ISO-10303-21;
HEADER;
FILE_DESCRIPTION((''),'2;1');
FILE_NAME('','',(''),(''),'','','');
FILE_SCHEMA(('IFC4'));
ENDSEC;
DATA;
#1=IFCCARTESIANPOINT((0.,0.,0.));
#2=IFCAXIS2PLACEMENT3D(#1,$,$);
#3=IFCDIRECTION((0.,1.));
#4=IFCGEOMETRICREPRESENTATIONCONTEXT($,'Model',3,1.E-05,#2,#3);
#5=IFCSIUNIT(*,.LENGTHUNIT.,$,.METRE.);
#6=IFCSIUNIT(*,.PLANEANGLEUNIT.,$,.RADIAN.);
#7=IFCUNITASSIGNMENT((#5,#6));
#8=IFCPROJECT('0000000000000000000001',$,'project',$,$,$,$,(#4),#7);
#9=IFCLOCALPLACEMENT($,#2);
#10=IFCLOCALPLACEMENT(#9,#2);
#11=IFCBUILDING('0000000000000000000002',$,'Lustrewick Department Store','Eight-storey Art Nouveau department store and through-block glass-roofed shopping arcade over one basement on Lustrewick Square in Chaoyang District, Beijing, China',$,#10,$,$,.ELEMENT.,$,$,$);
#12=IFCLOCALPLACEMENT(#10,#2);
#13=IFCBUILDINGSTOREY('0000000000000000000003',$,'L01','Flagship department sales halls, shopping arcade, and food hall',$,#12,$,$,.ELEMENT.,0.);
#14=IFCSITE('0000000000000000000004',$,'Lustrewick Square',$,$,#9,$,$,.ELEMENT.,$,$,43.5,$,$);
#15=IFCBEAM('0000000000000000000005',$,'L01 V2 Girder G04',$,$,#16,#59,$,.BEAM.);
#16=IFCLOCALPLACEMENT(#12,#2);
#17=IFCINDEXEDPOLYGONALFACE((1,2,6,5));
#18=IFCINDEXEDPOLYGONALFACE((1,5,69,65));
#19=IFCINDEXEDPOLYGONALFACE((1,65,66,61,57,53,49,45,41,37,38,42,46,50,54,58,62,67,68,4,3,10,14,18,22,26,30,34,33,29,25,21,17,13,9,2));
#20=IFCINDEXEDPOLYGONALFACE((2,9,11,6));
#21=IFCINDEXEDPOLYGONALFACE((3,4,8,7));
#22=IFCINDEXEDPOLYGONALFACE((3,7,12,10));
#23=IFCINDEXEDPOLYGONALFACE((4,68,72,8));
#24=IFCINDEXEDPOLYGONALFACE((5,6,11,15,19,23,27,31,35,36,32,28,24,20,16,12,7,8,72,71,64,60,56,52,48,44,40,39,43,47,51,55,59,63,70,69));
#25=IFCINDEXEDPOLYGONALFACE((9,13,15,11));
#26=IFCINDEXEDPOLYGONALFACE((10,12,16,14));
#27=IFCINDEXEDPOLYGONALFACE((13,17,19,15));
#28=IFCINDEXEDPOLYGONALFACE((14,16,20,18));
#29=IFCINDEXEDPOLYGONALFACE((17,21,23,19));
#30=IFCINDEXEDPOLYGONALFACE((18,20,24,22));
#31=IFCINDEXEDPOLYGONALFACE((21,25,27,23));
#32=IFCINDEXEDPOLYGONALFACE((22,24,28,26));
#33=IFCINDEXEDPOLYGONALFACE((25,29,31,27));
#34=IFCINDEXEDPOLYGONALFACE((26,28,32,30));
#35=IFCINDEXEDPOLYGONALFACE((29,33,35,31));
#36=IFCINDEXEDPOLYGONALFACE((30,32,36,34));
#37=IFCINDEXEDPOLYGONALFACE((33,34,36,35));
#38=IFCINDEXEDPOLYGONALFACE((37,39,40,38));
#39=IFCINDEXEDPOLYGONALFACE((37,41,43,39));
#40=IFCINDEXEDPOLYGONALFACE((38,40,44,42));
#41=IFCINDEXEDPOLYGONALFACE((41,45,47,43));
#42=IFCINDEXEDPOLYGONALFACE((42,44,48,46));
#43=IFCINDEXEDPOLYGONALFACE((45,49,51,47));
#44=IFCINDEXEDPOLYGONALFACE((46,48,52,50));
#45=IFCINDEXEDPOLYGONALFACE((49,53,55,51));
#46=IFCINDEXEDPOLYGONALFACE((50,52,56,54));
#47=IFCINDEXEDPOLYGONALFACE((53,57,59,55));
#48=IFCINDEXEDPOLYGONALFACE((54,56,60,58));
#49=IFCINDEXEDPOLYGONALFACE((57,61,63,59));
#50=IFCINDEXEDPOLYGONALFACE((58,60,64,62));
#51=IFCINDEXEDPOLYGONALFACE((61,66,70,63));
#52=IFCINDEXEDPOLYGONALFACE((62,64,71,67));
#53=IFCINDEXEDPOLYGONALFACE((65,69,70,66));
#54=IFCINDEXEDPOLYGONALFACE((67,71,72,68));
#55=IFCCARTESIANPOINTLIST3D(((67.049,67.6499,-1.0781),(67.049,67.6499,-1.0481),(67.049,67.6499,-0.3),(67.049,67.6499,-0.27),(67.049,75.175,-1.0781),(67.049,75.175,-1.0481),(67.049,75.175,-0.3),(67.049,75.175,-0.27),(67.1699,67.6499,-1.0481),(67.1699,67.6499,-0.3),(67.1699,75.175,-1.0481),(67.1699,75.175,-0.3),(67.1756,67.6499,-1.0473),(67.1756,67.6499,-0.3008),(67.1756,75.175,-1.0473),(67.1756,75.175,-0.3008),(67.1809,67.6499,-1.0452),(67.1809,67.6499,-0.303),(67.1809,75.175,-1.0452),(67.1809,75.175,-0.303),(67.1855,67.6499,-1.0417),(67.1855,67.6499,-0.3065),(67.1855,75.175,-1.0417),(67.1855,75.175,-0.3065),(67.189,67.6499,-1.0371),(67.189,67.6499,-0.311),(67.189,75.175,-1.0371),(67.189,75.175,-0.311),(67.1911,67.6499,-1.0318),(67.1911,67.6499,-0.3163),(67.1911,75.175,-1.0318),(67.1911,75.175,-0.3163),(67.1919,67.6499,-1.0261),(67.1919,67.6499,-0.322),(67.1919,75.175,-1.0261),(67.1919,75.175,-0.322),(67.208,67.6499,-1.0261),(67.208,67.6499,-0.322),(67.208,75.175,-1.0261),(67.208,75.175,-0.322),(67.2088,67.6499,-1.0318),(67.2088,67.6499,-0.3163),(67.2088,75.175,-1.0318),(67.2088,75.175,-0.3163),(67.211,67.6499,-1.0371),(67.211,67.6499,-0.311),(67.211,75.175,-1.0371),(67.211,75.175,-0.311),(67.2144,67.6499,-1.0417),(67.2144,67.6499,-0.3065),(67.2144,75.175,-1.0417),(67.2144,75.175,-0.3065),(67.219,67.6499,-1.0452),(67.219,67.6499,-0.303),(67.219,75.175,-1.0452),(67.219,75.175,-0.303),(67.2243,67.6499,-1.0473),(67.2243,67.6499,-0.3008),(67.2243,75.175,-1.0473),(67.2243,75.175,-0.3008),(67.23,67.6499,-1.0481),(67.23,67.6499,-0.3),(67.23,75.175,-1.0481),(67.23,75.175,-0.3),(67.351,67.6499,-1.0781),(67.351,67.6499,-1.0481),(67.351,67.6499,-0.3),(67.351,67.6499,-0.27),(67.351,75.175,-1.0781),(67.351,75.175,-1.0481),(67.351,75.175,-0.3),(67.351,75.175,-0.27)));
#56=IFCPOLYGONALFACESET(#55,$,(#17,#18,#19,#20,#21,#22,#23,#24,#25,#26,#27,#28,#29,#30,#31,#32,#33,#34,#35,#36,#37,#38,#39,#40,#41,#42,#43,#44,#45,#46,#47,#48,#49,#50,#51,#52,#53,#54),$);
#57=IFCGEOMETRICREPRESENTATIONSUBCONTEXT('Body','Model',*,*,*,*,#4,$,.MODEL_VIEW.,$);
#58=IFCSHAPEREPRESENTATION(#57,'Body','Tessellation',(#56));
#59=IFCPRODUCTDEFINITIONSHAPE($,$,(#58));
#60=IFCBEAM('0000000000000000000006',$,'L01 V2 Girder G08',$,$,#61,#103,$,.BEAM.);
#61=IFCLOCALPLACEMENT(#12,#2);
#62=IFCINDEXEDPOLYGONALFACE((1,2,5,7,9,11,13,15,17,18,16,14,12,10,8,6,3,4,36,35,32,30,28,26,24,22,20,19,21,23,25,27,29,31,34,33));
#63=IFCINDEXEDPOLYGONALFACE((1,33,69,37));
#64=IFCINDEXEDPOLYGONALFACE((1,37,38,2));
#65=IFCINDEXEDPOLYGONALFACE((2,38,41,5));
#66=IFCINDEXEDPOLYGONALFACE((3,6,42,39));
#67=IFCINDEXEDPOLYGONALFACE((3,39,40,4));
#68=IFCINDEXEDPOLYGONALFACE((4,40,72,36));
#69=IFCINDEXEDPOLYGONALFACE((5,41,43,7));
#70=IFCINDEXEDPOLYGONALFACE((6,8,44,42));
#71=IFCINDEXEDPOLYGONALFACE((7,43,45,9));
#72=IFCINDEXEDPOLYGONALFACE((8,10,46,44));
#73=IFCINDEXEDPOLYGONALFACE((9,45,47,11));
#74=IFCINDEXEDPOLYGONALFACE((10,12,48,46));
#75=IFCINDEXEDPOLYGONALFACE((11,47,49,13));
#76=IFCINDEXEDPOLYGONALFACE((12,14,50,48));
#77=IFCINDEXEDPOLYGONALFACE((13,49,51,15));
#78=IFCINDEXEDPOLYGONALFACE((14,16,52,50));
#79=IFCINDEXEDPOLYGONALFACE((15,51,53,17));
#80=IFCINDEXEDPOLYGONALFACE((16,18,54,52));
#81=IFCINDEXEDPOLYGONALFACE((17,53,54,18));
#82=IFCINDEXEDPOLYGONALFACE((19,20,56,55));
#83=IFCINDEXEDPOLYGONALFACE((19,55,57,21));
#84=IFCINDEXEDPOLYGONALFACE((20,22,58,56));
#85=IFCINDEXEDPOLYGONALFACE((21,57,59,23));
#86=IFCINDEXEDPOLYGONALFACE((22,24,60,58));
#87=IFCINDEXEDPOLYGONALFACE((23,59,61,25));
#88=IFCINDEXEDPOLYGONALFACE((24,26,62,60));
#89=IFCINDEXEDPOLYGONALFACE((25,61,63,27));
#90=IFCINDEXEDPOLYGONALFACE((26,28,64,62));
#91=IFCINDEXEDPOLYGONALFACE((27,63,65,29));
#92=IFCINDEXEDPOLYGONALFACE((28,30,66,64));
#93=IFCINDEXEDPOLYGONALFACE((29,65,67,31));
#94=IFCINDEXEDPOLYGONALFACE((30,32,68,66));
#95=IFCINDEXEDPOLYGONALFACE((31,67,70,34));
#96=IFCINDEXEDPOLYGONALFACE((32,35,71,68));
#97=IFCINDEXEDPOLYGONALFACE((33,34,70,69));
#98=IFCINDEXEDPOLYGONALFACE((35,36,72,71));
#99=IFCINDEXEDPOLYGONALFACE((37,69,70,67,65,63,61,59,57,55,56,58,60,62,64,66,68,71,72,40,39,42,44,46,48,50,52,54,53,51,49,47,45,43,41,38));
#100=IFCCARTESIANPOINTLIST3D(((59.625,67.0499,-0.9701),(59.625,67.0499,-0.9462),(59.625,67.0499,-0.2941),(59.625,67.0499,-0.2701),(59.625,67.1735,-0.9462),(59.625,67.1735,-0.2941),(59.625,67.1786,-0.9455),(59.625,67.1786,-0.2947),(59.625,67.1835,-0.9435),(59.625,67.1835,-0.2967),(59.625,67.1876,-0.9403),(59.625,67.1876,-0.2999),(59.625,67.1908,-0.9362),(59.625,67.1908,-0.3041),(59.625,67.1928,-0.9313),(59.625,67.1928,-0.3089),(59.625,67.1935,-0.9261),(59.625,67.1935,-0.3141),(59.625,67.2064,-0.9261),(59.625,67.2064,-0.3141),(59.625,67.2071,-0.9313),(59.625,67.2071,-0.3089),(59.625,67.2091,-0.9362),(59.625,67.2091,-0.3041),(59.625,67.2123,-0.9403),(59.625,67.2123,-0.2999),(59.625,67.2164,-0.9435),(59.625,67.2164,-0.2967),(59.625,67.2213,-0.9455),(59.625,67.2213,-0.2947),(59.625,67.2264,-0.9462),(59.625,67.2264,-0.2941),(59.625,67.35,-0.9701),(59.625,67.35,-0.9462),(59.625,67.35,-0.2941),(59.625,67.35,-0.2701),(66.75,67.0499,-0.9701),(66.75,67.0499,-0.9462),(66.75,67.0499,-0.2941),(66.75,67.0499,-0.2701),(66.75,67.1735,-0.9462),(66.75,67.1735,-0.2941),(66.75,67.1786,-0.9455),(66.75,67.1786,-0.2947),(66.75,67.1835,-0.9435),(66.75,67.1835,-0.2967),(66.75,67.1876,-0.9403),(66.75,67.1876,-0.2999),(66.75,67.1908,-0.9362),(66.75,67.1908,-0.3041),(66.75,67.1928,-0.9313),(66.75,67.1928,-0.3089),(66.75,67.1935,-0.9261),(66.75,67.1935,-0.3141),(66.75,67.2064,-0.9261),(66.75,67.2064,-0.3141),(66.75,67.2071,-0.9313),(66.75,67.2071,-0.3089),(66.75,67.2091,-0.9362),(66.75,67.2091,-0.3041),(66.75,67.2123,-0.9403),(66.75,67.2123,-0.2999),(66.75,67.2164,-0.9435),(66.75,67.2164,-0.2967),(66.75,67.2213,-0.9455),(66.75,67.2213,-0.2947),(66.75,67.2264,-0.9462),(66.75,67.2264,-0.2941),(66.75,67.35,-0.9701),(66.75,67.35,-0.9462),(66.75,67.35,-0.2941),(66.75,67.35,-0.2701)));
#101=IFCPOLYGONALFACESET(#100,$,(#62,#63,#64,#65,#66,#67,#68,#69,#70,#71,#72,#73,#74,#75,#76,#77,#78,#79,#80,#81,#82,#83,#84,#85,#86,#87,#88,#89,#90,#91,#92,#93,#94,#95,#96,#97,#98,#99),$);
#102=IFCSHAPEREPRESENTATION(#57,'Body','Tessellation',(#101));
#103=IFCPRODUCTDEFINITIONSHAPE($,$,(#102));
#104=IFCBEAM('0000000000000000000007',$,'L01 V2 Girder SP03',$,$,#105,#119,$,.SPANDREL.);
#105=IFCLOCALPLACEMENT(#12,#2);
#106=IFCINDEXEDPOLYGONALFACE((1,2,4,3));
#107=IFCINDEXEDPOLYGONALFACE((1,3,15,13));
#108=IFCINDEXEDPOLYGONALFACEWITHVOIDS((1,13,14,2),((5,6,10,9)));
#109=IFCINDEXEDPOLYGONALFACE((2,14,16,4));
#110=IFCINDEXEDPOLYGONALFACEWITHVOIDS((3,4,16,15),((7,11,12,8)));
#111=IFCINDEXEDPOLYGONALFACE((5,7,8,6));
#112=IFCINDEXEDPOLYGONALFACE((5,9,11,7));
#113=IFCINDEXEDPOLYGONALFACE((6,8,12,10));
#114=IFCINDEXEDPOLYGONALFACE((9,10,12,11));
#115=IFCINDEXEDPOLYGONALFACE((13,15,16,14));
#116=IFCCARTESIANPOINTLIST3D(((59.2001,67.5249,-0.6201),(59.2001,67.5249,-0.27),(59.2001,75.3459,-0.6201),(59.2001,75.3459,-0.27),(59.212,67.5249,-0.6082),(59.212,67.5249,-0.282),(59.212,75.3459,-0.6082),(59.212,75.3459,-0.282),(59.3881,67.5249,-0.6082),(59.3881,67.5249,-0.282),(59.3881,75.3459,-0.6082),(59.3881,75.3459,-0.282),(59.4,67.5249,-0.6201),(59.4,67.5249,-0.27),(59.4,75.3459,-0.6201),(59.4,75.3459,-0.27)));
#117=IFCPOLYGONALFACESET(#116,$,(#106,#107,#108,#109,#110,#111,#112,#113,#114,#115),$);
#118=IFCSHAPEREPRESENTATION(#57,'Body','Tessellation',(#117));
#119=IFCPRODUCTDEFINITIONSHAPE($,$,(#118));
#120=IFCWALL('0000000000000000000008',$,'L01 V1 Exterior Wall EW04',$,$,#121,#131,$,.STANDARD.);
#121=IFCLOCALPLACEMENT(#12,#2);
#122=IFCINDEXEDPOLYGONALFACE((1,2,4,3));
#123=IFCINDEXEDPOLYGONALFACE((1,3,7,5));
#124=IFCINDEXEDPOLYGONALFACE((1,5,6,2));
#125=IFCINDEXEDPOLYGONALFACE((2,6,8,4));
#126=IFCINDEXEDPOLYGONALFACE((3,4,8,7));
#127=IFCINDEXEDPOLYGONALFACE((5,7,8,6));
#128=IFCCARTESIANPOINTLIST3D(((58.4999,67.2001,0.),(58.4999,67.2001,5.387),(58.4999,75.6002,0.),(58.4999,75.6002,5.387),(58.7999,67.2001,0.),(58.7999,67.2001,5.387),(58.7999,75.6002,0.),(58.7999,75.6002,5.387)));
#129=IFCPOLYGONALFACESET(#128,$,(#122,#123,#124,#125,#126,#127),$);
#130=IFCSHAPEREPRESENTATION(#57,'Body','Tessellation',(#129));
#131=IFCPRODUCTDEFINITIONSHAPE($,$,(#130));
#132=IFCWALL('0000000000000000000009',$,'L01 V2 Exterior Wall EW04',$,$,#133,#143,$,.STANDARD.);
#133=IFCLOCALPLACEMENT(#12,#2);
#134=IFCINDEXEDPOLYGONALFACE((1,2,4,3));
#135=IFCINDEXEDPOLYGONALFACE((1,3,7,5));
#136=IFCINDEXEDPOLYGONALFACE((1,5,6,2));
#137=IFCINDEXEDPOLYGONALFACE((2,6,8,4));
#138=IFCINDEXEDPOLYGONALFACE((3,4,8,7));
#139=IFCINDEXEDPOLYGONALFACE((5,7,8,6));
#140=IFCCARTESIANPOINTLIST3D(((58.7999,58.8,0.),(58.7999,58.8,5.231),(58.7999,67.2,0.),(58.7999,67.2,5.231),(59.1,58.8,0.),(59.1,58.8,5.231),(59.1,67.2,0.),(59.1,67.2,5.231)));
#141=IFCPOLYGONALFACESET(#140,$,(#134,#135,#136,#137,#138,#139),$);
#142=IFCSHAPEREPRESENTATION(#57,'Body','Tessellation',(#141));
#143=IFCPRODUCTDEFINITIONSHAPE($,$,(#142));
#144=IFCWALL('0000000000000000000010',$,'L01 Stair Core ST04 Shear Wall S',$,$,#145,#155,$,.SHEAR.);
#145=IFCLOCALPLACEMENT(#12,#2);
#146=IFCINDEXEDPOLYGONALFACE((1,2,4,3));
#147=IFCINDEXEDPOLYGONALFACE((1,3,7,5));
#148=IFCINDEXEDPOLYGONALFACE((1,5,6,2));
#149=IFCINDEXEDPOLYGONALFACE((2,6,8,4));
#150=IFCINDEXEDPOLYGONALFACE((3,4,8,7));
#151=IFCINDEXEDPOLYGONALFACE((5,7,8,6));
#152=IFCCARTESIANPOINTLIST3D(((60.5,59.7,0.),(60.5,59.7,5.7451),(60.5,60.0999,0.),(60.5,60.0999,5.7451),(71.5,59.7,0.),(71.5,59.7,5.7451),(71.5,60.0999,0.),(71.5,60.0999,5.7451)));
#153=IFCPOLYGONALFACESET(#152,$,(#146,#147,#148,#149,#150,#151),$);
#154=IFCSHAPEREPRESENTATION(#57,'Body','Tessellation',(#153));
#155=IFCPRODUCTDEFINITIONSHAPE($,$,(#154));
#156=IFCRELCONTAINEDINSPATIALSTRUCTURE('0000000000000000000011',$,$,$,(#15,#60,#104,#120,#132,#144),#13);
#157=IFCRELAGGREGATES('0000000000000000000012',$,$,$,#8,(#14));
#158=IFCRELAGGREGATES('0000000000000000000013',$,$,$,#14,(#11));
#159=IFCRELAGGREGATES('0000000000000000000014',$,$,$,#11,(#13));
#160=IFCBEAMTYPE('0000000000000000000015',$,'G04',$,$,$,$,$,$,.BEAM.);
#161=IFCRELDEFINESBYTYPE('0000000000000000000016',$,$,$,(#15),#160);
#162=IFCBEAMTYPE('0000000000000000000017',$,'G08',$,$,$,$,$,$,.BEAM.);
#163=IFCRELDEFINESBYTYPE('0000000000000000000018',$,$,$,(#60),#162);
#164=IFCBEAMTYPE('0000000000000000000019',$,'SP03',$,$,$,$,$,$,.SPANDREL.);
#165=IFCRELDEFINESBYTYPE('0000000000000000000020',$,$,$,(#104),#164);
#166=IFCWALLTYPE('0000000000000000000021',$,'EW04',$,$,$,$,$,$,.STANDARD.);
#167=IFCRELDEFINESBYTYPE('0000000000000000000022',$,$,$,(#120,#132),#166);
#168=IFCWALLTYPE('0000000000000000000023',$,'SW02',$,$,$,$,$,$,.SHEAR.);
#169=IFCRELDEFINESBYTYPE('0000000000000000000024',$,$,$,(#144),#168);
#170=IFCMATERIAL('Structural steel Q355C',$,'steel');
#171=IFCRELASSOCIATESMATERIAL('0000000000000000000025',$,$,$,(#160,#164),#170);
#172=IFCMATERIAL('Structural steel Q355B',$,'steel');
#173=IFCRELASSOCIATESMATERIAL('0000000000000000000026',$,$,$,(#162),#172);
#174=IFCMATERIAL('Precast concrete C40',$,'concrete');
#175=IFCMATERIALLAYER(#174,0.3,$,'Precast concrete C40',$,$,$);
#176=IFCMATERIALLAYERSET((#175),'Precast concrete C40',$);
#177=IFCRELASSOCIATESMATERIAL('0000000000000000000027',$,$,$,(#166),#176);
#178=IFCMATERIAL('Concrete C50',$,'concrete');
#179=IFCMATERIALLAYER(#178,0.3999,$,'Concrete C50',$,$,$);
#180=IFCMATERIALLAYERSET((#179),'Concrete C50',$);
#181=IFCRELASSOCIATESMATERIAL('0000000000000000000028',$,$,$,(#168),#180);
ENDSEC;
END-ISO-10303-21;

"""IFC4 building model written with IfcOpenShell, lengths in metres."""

from ifc_helpers import new_model, si_unit, direction, frame, frame_2d, origin, origin_2d, place, context, subcontext, project, spatial, rectangle, hollow_rectangle, i_section, extrude, material, layer, layer_set, material_profile, profile_set, type_object, element, save


model = new_model("IFC4")

# Units and contexts
model_context = context("Model", 3, precision=1e-05, world=origin(), true_north=direction((0.0, 1.0)))
body_context = subcontext(model_context, "Body", "Model", "MODEL_VIEW")
ifc_project = project(units=[si_unit("LENGTHUNIT", "METRE"), si_unit("PLANEANGLEUNIT", "RADIAN")], contexts=[model_context])

# Site, building, storey
site_placement = place(None, origin())
site = spatial("IfcSite", under=ifc_project, at=site_placement, Name="Lustrewick Square", CompositionType="ELEMENT", RefElevation=43.5)
building_placement = place(site_placement, origin())
building = spatial("IfcBuilding", under=site, at=building_placement, Name="Lustrewick Department Store", Description="Eight-storey Art Nouveau department store and through-block glass-roofed shopping arcade over one basement on Lustrewick Square in Chaoyang District, Beijing, China", CompositionType="ELEMENT")
storey_placement = place(building_placement, origin())
storey = spatial("IfcBuildingStorey", under=building, at=storey_placement, Name="L01", Description="Flagship department sales halls, shopping arcade, and food hall", CompositionType="ELEMENT", Elevation=0.0)

# Shared definitions
ifc_material_1 = material(Name="Structural steel Q355B", Category="steel")

# Beams
ifc_material_2 = material(Name="Structural steel Q355C", Category="steel")
ifc_material_profile_1 = material_profile(ifc_material_2, i_section(OverallWidth=0.302, OverallDepth=0.8081, WebThickness=0.0161, FlangeThickness=0.03, FilletRadius=0.022, at=origin_2d()), Name="HN 808x302x16x30")
ifc_profile_set_1 = profile_set([ifc_material_profile_1], Name="Structural steel Q355C")
beam_type_1 = type_object("IfcBeamType", Name="G04", PredefinedType="BEAM", material=ifc_profile_set_1)
beam_1_placement = place(storey_placement, frame((67.2, 67.6499, -0.6741), z_axis=(0.0, 1.0, 0.0), x_axis=(-1.0, 0.0, 0.0)))
element("IfcBeam", 1, at=beam_1_placement, inside=storey, type_object=beam_type_1, Name="L01 V2 Girder G04", PredefinedType="BEAM", context=body_context, shape_type="SweptSolid", body=[
    extrude(i_section(OverallWidth=0.302, OverallDepth=0.8081, WebThickness=0.0161, FlangeThickness=0.03, FilletRadius=0.022, at=origin_2d()), origin(), (0.0, 0.0, 1.0), 7.5251),
])
ifc_material_profile_2 = material_profile(ifc_material_1, i_section(OverallWidth=0.3, OverallDepth=0.7, WebThickness=0.0129, FlangeThickness=0.0239, FilletRadius=0.02, at=origin_2d()), Name="HN 700x300x13x24")
ifc_profile_set_2 = profile_set([ifc_material_profile_2], Name="Structural steel Q355B")
beam_type_2 = type_object("IfcBeamType", Name="G08", PredefinedType="BEAM", material=ifc_profile_set_2)
beam_2_placement = place(storey_placement, frame((59.625, 67.2, -0.6201), z_axis=(1.0, 0.0, 0.0), x_axis=(0.0, 1.0, 0.0)))
element("IfcBeam", 2, at=beam_2_placement, inside=storey, type_object=beam_type_2, Name="L01 V2 Girder G08", PredefinedType="BEAM", context=body_context, shape_type="SweptSolid", body=[
    extrude(i_section(OverallWidth=0.3, OverallDepth=0.7, WebThickness=0.0129, FlangeThickness=0.0239, FilletRadius=0.02, at=origin_2d()), origin(), (0.0, 0.0, 1.0), 7.125),
])
ifc_material_profile_3 = material_profile(ifc_material_2, hollow_rectangle(XDim=0.2, YDim=0.3501, WallThickness=0.012, at=origin_2d()), Name="RHS 350x200x12")
ifc_profile_set_3 = profile_set([ifc_material_profile_3], Name="Structural steel Q355C")
beam_type_3 = type_object("IfcBeamType", Name="SP03", PredefinedType="SPANDREL", material=ifc_profile_set_3)
beam_3_placement = place(storey_placement, frame((59.3, 67.5249, -0.4451), z_axis=(0.0, 1.0, 0.0), x_axis=(-1.0, 0.0, 0.0)))
element("IfcBeam", 3, at=beam_3_placement, inside=storey, type_object=beam_type_3, Name="L01 V2 Girder SP03", PredefinedType="SPANDREL", context=body_context, shape_type="SweptSolid", body=[
    extrude(hollow_rectangle(XDim=0.2, YDim=0.3501, WallThickness=0.012, at=origin_2d()), origin(), (0.0, 0.0, 1.0), 7.821),
])

# Walls
ifc_material_3 = material(Name="Precast concrete C40", Category="concrete")
ifc_layer_1 = layer(ifc_material_3, 0.3, Name="Precast concrete C40")
ifc_layer_set_1 = layer_set([ifc_layer_1], Name="Precast concrete C40")
wall_type_1 = type_object("IfcWallType", Name="EW04", PredefinedType="STANDARD", material=ifc_layer_set_1)
wall_1_placement = place(storey_placement, frame((58.6499, 67.2, 0.0), z_axis=(0.0, 0.0, 1.0), x_axis=(0.0, 1.0, 0.0)))
element("IfcWall", 4, at=wall_1_placement, inside=storey, type_object=wall_type_1, Name="L01 V1 Exterior Wall EW04", PredefinedType="STANDARD", context=body_context, shape_type="SweptSolid", body=[
    extrude(rectangle(XDim=8.4001, YDim=0.3, at=frame_2d((4.2002, 0.0))), origin(), (0.0, 0.0, 1.0), 5.387),
])
wall_2_placement = place(storey_placement, frame((58.95, 67.2, 0.0), z_axis=(0.0, 0.0, 1.0), x_axis=(0.0, -1.0, 0.0)))
element("IfcWall", 5, at=wall_2_placement, inside=storey, type_object=wall_type_1, Name="L01 V2 Exterior Wall EW04", PredefinedType="STANDARD", context=body_context, shape_type="SweptSolid", body=[
    extrude(rectangle(XDim=8.3999, YDim=0.3, at=frame_2d((4.2, 0.0))), origin(), (0.0, 0.0, 1.0), 5.231),
])
ifc_material_4 = material(Name="Concrete C50", Category="concrete")
ifc_layer_2 = layer(ifc_material_4, 0.3999, Name="Concrete C50")
ifc_layer_set_2 = layer_set([ifc_layer_2], Name="Concrete C50")
wall_type_2 = type_object("IfcWallType", Name="SW02", PredefinedType="SHEAR", material=ifc_layer_set_2)
wall_3_placement = place(storey_placement, frame((60.5, 59.8999, 0.0), z_axis=(0.0, 0.0, 1.0), x_axis=(1.0, 0.0, 0.0)))
element("IfcWall", 6, at=wall_3_placement, inside=storey, type_object=wall_type_2, Name="L01 Stair Core ST04 Shear Wall S", PredefinedType="SHEAR", context=body_context, shape_type="SweptSolid", body=[
    extrude(rectangle(XDim=11.0, YDim=0.3999, at=frame_2d((5.5, 0.0))), origin(), (0.0, 0.0, 1.0), 5.7451),
])

save(model, "model.ifc")
